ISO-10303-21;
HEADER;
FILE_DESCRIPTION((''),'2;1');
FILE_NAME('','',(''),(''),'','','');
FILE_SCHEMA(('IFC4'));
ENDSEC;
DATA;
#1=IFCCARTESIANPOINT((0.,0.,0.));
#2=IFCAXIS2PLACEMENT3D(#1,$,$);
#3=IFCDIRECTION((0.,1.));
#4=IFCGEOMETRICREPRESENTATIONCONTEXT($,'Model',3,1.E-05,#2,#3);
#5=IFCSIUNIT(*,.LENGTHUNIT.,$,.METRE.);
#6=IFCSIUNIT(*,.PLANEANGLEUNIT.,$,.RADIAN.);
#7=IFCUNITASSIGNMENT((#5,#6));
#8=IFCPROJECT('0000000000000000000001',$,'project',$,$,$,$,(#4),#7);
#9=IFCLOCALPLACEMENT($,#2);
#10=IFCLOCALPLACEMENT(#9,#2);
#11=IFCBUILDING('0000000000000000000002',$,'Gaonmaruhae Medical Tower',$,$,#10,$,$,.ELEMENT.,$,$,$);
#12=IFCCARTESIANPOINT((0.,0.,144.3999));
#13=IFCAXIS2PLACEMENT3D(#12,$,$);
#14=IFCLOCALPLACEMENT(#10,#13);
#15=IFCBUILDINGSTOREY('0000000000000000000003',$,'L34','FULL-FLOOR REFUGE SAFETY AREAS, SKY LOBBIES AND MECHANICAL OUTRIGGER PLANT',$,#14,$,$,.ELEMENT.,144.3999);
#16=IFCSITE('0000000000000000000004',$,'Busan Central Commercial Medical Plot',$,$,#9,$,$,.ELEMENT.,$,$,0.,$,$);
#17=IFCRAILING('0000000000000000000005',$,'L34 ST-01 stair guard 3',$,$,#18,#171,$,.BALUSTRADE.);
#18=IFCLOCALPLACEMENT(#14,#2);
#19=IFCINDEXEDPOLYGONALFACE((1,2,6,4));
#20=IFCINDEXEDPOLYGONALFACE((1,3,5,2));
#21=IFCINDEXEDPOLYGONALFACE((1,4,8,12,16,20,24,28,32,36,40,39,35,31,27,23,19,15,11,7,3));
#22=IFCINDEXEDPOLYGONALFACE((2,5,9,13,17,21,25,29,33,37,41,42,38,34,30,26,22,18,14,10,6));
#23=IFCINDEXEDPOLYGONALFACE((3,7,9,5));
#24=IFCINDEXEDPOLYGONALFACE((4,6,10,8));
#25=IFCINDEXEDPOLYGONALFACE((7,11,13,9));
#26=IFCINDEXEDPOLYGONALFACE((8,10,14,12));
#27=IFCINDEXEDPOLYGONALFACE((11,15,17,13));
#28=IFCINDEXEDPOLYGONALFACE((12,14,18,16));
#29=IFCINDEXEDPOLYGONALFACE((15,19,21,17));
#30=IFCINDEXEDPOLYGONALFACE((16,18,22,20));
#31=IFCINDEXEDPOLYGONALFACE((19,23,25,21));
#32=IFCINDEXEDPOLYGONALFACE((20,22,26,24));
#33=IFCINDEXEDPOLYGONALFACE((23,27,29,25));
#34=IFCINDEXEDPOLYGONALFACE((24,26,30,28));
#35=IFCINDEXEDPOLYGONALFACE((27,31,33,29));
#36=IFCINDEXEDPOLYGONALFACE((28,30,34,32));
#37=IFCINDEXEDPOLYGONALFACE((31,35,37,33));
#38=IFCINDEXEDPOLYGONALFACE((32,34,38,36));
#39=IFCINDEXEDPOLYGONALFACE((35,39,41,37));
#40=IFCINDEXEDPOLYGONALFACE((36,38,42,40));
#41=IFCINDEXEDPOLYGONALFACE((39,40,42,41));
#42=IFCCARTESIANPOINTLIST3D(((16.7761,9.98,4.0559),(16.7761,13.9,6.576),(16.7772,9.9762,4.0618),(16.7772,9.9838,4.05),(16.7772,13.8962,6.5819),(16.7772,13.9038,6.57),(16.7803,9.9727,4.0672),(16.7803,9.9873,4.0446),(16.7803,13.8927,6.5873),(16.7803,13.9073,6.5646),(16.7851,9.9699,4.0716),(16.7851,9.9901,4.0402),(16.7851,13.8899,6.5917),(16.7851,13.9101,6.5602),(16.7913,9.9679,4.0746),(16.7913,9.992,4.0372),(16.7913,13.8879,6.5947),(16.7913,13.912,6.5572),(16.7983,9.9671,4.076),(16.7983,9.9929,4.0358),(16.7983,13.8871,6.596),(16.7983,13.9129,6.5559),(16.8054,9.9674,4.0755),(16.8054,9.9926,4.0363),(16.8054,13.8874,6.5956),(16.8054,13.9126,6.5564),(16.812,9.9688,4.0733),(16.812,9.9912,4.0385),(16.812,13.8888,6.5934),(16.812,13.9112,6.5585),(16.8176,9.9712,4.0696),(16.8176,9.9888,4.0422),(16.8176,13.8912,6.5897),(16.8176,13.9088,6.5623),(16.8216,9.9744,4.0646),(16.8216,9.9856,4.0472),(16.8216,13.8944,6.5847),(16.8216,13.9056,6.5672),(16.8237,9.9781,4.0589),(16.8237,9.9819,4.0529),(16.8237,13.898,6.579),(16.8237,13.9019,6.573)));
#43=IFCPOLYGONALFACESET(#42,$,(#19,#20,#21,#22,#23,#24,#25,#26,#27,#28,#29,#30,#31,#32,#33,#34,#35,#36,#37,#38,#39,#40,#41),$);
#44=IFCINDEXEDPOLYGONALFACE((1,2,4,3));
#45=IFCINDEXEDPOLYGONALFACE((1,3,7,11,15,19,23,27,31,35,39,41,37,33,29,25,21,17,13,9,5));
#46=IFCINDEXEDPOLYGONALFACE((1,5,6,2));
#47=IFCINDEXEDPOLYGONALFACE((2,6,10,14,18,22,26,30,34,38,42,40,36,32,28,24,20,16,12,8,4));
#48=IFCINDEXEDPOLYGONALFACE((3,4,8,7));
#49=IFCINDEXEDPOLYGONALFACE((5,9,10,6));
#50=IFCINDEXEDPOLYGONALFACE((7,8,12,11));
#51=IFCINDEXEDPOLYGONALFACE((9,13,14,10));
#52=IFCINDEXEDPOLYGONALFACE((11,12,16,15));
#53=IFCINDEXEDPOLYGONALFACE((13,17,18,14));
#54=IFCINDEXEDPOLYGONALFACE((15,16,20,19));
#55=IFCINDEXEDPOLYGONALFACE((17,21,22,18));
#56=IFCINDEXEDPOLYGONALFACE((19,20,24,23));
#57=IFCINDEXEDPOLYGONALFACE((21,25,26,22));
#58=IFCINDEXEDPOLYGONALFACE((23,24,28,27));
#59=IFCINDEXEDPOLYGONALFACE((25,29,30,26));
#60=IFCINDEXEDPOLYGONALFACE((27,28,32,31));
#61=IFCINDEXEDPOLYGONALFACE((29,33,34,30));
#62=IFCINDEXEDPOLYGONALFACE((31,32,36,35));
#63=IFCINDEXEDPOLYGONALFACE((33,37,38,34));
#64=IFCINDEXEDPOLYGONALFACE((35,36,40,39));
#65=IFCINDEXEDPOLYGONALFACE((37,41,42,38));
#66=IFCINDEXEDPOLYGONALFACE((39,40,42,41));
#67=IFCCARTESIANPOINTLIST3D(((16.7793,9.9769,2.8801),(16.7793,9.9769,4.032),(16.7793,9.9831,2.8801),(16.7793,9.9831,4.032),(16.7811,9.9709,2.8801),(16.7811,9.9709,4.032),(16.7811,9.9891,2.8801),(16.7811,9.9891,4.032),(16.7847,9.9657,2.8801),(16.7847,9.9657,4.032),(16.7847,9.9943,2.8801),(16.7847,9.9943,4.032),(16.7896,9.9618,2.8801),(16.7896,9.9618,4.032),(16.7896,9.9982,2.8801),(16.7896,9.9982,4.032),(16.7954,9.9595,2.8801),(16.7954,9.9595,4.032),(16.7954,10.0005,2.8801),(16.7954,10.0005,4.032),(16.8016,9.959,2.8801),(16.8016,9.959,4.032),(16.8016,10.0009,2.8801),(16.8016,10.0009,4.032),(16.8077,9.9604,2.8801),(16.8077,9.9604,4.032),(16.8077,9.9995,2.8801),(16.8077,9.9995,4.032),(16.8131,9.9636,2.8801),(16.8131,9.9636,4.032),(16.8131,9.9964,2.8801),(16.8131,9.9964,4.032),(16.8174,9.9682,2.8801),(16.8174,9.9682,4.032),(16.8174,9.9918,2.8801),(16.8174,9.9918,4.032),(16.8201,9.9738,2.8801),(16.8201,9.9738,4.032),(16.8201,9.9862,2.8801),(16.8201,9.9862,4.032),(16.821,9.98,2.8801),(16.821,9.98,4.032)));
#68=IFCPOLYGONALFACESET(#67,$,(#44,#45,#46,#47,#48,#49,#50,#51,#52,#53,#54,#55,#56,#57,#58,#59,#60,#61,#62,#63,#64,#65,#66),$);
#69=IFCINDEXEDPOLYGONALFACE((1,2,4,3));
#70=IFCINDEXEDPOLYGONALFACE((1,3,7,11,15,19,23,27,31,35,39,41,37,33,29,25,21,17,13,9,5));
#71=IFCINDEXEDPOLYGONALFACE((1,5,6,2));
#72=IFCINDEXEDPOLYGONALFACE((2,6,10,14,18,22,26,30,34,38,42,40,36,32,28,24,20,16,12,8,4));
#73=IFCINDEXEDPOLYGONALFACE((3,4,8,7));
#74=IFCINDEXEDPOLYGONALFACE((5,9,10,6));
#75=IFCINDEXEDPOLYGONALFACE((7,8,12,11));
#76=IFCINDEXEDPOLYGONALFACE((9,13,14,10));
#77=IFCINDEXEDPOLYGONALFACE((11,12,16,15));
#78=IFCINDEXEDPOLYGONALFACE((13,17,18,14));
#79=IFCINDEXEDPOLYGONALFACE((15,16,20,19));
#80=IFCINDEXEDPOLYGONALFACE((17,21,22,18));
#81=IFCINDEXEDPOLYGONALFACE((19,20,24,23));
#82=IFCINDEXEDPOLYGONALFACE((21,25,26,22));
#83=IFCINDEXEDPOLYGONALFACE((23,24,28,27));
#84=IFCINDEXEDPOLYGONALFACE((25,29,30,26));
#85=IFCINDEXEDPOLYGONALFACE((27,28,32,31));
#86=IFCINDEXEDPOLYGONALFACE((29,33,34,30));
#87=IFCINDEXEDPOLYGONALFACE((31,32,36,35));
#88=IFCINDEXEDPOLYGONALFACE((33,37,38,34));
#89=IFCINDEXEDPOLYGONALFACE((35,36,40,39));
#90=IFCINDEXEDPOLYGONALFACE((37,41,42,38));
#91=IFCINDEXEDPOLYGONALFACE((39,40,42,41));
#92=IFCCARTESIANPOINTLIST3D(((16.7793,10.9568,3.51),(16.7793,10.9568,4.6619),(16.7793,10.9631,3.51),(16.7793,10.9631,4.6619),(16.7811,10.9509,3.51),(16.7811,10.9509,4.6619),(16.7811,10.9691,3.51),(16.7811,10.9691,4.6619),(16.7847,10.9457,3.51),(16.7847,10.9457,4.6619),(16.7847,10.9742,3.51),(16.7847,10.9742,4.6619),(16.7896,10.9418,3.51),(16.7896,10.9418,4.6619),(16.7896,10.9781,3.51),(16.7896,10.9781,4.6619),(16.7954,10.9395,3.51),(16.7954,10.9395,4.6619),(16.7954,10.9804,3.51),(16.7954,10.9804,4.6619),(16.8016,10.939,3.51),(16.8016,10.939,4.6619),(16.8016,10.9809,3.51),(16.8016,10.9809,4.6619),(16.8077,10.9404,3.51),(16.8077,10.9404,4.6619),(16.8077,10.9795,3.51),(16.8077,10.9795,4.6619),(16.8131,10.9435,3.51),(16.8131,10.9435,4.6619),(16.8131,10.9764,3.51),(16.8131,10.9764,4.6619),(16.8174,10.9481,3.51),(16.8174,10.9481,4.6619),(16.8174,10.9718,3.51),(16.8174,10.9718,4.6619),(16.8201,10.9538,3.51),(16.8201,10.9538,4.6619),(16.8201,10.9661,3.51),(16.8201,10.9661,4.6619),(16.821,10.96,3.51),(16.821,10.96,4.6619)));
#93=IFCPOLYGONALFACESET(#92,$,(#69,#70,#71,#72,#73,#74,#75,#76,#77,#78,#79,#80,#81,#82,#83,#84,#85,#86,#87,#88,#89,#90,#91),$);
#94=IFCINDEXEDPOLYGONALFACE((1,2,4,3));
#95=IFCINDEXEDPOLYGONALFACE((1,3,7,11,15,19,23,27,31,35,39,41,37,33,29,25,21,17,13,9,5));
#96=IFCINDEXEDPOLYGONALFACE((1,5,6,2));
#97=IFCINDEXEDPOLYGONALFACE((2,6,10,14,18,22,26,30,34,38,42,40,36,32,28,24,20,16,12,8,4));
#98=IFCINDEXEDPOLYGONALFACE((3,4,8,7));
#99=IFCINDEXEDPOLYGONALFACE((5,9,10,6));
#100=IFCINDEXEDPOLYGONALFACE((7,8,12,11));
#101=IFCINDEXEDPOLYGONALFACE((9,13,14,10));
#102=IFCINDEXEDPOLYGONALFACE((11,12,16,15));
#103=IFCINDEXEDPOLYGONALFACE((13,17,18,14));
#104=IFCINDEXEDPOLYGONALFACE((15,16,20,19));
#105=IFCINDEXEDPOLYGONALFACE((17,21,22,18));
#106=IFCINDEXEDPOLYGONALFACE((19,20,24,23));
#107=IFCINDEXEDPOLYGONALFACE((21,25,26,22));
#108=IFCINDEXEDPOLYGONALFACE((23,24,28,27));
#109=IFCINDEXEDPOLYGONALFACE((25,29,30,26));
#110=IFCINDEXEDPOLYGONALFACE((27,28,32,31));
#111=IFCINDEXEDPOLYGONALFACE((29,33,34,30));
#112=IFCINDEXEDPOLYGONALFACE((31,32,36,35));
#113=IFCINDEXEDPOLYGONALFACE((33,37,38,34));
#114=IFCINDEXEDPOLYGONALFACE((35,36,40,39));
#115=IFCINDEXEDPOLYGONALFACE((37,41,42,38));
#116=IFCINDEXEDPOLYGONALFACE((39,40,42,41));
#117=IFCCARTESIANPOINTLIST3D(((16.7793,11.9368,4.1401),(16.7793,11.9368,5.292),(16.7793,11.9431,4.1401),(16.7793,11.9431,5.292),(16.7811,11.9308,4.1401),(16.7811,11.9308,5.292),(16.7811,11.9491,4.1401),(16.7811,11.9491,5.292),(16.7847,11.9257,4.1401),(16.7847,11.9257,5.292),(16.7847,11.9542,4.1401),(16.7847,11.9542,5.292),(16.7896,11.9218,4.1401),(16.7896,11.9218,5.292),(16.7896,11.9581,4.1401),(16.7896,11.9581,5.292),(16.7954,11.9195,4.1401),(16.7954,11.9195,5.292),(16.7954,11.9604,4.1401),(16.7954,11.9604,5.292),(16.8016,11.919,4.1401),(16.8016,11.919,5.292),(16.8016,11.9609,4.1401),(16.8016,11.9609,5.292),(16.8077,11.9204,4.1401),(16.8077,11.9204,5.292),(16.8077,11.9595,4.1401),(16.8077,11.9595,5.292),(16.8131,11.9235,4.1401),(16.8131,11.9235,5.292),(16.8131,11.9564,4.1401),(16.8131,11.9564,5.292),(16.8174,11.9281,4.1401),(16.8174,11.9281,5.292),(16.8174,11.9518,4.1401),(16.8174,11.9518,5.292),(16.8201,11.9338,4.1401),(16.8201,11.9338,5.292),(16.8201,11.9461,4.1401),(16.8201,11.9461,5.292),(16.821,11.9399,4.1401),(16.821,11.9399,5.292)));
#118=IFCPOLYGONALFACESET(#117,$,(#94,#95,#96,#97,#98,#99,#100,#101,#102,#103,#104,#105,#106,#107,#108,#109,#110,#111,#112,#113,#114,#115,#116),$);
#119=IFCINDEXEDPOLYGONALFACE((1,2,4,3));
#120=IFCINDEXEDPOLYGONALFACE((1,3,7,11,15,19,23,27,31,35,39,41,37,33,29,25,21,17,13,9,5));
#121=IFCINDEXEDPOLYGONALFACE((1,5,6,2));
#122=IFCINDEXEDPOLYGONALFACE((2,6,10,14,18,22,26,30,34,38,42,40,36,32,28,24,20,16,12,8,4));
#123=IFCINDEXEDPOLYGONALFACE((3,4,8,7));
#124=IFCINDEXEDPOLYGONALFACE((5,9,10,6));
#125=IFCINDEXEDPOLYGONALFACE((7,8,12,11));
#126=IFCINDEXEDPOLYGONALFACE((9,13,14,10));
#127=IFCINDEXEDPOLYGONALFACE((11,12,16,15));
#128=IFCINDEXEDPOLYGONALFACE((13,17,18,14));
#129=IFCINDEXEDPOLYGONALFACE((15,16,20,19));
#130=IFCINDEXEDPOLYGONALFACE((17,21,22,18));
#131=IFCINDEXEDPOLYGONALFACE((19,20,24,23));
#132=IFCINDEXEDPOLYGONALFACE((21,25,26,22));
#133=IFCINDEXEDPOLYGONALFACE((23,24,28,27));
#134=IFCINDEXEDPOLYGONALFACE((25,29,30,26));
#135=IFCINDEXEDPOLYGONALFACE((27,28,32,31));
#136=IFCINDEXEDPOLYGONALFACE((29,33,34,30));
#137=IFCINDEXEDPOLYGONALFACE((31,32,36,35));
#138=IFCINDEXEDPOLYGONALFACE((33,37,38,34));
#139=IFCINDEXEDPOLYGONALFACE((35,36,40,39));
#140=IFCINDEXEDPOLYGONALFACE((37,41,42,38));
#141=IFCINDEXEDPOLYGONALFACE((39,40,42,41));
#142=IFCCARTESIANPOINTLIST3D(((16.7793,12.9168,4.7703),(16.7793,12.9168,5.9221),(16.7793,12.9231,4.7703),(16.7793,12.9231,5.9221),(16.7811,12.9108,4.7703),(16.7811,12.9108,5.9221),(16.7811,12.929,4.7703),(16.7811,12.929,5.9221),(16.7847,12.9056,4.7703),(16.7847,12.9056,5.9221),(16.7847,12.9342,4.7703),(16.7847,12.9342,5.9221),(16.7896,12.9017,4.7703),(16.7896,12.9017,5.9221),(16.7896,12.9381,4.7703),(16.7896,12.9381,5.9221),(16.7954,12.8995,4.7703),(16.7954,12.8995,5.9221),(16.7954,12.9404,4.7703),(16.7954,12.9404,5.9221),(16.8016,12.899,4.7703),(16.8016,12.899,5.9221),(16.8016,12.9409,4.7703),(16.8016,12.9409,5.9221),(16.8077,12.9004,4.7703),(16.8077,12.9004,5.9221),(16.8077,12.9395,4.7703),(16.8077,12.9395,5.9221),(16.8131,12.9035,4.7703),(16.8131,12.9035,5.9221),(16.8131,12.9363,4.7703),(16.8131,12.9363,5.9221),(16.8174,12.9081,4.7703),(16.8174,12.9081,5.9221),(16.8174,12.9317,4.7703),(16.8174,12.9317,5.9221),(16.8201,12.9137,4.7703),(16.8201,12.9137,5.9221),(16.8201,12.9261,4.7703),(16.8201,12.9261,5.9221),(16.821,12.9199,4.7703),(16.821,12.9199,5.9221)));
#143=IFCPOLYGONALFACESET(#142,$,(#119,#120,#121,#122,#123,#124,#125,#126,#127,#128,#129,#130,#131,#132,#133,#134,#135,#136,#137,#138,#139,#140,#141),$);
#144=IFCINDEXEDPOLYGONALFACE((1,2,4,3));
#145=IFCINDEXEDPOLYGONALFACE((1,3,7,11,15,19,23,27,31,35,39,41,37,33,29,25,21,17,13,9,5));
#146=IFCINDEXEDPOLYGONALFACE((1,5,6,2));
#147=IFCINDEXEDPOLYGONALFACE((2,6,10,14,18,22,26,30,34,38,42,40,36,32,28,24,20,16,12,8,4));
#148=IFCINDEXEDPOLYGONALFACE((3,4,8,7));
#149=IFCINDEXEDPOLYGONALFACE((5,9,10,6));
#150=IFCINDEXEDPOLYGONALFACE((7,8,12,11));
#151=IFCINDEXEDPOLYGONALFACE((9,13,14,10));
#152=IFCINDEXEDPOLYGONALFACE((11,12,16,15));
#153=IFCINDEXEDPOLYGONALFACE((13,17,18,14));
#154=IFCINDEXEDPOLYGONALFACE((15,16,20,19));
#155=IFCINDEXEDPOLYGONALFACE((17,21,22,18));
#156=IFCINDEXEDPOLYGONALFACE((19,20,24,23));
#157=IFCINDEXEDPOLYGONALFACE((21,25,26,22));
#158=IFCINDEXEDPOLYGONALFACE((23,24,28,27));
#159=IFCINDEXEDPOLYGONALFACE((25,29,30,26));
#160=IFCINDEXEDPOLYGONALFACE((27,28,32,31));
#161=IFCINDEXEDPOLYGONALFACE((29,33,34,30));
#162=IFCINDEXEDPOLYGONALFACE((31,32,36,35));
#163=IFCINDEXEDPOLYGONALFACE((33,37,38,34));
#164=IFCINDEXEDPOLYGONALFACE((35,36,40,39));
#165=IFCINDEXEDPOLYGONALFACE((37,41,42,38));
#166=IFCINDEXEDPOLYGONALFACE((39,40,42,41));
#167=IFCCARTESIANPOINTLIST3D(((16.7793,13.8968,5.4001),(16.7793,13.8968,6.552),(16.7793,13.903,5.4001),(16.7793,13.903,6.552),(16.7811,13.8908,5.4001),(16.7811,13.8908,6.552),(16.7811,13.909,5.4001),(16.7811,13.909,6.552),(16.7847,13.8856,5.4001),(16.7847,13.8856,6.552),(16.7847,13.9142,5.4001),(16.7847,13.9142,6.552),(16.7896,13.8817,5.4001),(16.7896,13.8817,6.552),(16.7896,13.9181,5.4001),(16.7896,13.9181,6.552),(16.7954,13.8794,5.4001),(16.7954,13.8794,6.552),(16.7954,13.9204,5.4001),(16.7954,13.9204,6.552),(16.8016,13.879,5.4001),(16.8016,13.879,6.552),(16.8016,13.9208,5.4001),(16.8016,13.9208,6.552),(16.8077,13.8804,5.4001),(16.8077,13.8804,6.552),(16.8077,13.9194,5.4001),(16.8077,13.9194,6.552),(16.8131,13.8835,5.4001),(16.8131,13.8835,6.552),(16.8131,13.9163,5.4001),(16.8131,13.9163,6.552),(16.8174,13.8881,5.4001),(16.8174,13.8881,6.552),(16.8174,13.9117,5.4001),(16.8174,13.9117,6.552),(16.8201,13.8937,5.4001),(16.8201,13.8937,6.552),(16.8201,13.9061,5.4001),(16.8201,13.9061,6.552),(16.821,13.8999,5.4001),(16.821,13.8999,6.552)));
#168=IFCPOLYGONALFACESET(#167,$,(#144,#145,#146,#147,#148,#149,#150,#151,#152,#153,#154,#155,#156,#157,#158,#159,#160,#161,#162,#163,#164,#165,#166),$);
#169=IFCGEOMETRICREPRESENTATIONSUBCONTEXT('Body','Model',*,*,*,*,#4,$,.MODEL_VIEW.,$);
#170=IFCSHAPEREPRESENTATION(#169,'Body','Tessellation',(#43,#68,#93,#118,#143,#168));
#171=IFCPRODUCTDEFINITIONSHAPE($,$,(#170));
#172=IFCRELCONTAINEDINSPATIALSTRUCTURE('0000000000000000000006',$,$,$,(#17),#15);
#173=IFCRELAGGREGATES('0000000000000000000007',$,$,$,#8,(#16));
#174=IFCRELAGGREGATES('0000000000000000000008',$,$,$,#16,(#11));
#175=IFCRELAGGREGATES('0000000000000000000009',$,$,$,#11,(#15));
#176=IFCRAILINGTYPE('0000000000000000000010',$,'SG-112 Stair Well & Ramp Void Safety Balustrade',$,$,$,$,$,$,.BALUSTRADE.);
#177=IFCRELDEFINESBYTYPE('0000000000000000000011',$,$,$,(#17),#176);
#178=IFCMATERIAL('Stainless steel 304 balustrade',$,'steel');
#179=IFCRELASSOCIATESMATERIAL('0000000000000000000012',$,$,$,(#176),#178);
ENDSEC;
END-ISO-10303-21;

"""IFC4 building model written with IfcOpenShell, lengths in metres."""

from ifc_helpers import new_model, si_unit, direction, frame, origin, origin_2d, place, context, subcontext, project, spatial, circle, extrude, material, type_object, element, save


model = new_model("IFC4")

# Units and contexts
model_context = context("Model", 3, precision=1e-05, world=origin(), true_north=direction((0.0, 1.0)))
body_context = subcontext(model_context, "Body", "Model", "MODEL_VIEW")
ifc_project = project(units=[si_unit("LENGTHUNIT", "METRE"), si_unit("PLANEANGLEUNIT", "RADIAN")], contexts=[model_context])

# Site, building, storey
site_placement = place(None, origin())
site = spatial("IfcSite", under=ifc_project, at=site_placement, Name="Busan Central Commercial Medical Plot", CompositionType="ELEMENT", RefElevation=0.0)
building_placement = place(site_placement, origin())
building = spatial("IfcBuilding", under=site, at=building_placement, Name="Gaonmaruhae Medical Tower", CompositionType="ELEMENT")
storey_placement = place(building_placement, frame((0.0, 0.0, 144.3999)))
storey = spatial("IfcBuildingStorey", under=building, at=storey_placement, Name="L34", Description="FULL-FLOOR REFUGE SAFETY AREAS, SKY LOBBIES AND MECHANICAL OUTRIGGER PLANT", CompositionType="ELEMENT", Elevation=144.3999)

# Railing
ifc_material_1 = material(Name="Stainless steel 304 balustrade", Category="steel")
railing_type_1 = type_object("IfcRailingType", Name="SG-112 Stair Well & Ramp Void Safety Balustrade", PredefinedType="BALUSTRADE", material=ifc_material_1)
railing_1_placement = place(storey_placement, frame((16.8, 9.98, 2.8801)))
element("IfcRailing", 1, at=railing_1_placement, inside=storey, type_object=railing_type_1, Name="L34 ST-01 stair guard 3", PredefinedType="BALUSTRADE", context=body_context, shape_type="SweptSolid", body=[
    extrude(circle(Radius=0.0239, at=origin_2d()), frame((0.0, 0.0, 1.1758), z_axis=(0.0, 0.841172, 0.540768), x_axis=(-1.0, 0.0, 0.0)), (0.0, 0.0, 1.0), 4.6602),
    extrude(circle(Radius=0.021, at=origin_2d()), origin(), (0.0, 0.0, 1.0), 1.1519),
    extrude(circle(Radius=0.021, at=origin_2d()), frame((0.0, 0.98, 0.6299)), (0.0, 0.0, 1.0), 1.1519),
    extrude(circle(Radius=0.021, at=origin_2d()), frame((0.0, 1.96, 1.26)), (0.0, 0.0, 1.0), 1.1519),
    extrude(circle(Radius=0.021, at=origin_2d()), frame((0.0, 2.9399, 1.8901)), (0.0, 0.0, 1.0), 1.1519),
    extrude(circle(Radius=0.021, at=origin_2d()), frame((0.0, 3.9199, 2.52)), (0.0, 0.0, 1.0), 1.1519),
])

save(model, "model.ifc")
